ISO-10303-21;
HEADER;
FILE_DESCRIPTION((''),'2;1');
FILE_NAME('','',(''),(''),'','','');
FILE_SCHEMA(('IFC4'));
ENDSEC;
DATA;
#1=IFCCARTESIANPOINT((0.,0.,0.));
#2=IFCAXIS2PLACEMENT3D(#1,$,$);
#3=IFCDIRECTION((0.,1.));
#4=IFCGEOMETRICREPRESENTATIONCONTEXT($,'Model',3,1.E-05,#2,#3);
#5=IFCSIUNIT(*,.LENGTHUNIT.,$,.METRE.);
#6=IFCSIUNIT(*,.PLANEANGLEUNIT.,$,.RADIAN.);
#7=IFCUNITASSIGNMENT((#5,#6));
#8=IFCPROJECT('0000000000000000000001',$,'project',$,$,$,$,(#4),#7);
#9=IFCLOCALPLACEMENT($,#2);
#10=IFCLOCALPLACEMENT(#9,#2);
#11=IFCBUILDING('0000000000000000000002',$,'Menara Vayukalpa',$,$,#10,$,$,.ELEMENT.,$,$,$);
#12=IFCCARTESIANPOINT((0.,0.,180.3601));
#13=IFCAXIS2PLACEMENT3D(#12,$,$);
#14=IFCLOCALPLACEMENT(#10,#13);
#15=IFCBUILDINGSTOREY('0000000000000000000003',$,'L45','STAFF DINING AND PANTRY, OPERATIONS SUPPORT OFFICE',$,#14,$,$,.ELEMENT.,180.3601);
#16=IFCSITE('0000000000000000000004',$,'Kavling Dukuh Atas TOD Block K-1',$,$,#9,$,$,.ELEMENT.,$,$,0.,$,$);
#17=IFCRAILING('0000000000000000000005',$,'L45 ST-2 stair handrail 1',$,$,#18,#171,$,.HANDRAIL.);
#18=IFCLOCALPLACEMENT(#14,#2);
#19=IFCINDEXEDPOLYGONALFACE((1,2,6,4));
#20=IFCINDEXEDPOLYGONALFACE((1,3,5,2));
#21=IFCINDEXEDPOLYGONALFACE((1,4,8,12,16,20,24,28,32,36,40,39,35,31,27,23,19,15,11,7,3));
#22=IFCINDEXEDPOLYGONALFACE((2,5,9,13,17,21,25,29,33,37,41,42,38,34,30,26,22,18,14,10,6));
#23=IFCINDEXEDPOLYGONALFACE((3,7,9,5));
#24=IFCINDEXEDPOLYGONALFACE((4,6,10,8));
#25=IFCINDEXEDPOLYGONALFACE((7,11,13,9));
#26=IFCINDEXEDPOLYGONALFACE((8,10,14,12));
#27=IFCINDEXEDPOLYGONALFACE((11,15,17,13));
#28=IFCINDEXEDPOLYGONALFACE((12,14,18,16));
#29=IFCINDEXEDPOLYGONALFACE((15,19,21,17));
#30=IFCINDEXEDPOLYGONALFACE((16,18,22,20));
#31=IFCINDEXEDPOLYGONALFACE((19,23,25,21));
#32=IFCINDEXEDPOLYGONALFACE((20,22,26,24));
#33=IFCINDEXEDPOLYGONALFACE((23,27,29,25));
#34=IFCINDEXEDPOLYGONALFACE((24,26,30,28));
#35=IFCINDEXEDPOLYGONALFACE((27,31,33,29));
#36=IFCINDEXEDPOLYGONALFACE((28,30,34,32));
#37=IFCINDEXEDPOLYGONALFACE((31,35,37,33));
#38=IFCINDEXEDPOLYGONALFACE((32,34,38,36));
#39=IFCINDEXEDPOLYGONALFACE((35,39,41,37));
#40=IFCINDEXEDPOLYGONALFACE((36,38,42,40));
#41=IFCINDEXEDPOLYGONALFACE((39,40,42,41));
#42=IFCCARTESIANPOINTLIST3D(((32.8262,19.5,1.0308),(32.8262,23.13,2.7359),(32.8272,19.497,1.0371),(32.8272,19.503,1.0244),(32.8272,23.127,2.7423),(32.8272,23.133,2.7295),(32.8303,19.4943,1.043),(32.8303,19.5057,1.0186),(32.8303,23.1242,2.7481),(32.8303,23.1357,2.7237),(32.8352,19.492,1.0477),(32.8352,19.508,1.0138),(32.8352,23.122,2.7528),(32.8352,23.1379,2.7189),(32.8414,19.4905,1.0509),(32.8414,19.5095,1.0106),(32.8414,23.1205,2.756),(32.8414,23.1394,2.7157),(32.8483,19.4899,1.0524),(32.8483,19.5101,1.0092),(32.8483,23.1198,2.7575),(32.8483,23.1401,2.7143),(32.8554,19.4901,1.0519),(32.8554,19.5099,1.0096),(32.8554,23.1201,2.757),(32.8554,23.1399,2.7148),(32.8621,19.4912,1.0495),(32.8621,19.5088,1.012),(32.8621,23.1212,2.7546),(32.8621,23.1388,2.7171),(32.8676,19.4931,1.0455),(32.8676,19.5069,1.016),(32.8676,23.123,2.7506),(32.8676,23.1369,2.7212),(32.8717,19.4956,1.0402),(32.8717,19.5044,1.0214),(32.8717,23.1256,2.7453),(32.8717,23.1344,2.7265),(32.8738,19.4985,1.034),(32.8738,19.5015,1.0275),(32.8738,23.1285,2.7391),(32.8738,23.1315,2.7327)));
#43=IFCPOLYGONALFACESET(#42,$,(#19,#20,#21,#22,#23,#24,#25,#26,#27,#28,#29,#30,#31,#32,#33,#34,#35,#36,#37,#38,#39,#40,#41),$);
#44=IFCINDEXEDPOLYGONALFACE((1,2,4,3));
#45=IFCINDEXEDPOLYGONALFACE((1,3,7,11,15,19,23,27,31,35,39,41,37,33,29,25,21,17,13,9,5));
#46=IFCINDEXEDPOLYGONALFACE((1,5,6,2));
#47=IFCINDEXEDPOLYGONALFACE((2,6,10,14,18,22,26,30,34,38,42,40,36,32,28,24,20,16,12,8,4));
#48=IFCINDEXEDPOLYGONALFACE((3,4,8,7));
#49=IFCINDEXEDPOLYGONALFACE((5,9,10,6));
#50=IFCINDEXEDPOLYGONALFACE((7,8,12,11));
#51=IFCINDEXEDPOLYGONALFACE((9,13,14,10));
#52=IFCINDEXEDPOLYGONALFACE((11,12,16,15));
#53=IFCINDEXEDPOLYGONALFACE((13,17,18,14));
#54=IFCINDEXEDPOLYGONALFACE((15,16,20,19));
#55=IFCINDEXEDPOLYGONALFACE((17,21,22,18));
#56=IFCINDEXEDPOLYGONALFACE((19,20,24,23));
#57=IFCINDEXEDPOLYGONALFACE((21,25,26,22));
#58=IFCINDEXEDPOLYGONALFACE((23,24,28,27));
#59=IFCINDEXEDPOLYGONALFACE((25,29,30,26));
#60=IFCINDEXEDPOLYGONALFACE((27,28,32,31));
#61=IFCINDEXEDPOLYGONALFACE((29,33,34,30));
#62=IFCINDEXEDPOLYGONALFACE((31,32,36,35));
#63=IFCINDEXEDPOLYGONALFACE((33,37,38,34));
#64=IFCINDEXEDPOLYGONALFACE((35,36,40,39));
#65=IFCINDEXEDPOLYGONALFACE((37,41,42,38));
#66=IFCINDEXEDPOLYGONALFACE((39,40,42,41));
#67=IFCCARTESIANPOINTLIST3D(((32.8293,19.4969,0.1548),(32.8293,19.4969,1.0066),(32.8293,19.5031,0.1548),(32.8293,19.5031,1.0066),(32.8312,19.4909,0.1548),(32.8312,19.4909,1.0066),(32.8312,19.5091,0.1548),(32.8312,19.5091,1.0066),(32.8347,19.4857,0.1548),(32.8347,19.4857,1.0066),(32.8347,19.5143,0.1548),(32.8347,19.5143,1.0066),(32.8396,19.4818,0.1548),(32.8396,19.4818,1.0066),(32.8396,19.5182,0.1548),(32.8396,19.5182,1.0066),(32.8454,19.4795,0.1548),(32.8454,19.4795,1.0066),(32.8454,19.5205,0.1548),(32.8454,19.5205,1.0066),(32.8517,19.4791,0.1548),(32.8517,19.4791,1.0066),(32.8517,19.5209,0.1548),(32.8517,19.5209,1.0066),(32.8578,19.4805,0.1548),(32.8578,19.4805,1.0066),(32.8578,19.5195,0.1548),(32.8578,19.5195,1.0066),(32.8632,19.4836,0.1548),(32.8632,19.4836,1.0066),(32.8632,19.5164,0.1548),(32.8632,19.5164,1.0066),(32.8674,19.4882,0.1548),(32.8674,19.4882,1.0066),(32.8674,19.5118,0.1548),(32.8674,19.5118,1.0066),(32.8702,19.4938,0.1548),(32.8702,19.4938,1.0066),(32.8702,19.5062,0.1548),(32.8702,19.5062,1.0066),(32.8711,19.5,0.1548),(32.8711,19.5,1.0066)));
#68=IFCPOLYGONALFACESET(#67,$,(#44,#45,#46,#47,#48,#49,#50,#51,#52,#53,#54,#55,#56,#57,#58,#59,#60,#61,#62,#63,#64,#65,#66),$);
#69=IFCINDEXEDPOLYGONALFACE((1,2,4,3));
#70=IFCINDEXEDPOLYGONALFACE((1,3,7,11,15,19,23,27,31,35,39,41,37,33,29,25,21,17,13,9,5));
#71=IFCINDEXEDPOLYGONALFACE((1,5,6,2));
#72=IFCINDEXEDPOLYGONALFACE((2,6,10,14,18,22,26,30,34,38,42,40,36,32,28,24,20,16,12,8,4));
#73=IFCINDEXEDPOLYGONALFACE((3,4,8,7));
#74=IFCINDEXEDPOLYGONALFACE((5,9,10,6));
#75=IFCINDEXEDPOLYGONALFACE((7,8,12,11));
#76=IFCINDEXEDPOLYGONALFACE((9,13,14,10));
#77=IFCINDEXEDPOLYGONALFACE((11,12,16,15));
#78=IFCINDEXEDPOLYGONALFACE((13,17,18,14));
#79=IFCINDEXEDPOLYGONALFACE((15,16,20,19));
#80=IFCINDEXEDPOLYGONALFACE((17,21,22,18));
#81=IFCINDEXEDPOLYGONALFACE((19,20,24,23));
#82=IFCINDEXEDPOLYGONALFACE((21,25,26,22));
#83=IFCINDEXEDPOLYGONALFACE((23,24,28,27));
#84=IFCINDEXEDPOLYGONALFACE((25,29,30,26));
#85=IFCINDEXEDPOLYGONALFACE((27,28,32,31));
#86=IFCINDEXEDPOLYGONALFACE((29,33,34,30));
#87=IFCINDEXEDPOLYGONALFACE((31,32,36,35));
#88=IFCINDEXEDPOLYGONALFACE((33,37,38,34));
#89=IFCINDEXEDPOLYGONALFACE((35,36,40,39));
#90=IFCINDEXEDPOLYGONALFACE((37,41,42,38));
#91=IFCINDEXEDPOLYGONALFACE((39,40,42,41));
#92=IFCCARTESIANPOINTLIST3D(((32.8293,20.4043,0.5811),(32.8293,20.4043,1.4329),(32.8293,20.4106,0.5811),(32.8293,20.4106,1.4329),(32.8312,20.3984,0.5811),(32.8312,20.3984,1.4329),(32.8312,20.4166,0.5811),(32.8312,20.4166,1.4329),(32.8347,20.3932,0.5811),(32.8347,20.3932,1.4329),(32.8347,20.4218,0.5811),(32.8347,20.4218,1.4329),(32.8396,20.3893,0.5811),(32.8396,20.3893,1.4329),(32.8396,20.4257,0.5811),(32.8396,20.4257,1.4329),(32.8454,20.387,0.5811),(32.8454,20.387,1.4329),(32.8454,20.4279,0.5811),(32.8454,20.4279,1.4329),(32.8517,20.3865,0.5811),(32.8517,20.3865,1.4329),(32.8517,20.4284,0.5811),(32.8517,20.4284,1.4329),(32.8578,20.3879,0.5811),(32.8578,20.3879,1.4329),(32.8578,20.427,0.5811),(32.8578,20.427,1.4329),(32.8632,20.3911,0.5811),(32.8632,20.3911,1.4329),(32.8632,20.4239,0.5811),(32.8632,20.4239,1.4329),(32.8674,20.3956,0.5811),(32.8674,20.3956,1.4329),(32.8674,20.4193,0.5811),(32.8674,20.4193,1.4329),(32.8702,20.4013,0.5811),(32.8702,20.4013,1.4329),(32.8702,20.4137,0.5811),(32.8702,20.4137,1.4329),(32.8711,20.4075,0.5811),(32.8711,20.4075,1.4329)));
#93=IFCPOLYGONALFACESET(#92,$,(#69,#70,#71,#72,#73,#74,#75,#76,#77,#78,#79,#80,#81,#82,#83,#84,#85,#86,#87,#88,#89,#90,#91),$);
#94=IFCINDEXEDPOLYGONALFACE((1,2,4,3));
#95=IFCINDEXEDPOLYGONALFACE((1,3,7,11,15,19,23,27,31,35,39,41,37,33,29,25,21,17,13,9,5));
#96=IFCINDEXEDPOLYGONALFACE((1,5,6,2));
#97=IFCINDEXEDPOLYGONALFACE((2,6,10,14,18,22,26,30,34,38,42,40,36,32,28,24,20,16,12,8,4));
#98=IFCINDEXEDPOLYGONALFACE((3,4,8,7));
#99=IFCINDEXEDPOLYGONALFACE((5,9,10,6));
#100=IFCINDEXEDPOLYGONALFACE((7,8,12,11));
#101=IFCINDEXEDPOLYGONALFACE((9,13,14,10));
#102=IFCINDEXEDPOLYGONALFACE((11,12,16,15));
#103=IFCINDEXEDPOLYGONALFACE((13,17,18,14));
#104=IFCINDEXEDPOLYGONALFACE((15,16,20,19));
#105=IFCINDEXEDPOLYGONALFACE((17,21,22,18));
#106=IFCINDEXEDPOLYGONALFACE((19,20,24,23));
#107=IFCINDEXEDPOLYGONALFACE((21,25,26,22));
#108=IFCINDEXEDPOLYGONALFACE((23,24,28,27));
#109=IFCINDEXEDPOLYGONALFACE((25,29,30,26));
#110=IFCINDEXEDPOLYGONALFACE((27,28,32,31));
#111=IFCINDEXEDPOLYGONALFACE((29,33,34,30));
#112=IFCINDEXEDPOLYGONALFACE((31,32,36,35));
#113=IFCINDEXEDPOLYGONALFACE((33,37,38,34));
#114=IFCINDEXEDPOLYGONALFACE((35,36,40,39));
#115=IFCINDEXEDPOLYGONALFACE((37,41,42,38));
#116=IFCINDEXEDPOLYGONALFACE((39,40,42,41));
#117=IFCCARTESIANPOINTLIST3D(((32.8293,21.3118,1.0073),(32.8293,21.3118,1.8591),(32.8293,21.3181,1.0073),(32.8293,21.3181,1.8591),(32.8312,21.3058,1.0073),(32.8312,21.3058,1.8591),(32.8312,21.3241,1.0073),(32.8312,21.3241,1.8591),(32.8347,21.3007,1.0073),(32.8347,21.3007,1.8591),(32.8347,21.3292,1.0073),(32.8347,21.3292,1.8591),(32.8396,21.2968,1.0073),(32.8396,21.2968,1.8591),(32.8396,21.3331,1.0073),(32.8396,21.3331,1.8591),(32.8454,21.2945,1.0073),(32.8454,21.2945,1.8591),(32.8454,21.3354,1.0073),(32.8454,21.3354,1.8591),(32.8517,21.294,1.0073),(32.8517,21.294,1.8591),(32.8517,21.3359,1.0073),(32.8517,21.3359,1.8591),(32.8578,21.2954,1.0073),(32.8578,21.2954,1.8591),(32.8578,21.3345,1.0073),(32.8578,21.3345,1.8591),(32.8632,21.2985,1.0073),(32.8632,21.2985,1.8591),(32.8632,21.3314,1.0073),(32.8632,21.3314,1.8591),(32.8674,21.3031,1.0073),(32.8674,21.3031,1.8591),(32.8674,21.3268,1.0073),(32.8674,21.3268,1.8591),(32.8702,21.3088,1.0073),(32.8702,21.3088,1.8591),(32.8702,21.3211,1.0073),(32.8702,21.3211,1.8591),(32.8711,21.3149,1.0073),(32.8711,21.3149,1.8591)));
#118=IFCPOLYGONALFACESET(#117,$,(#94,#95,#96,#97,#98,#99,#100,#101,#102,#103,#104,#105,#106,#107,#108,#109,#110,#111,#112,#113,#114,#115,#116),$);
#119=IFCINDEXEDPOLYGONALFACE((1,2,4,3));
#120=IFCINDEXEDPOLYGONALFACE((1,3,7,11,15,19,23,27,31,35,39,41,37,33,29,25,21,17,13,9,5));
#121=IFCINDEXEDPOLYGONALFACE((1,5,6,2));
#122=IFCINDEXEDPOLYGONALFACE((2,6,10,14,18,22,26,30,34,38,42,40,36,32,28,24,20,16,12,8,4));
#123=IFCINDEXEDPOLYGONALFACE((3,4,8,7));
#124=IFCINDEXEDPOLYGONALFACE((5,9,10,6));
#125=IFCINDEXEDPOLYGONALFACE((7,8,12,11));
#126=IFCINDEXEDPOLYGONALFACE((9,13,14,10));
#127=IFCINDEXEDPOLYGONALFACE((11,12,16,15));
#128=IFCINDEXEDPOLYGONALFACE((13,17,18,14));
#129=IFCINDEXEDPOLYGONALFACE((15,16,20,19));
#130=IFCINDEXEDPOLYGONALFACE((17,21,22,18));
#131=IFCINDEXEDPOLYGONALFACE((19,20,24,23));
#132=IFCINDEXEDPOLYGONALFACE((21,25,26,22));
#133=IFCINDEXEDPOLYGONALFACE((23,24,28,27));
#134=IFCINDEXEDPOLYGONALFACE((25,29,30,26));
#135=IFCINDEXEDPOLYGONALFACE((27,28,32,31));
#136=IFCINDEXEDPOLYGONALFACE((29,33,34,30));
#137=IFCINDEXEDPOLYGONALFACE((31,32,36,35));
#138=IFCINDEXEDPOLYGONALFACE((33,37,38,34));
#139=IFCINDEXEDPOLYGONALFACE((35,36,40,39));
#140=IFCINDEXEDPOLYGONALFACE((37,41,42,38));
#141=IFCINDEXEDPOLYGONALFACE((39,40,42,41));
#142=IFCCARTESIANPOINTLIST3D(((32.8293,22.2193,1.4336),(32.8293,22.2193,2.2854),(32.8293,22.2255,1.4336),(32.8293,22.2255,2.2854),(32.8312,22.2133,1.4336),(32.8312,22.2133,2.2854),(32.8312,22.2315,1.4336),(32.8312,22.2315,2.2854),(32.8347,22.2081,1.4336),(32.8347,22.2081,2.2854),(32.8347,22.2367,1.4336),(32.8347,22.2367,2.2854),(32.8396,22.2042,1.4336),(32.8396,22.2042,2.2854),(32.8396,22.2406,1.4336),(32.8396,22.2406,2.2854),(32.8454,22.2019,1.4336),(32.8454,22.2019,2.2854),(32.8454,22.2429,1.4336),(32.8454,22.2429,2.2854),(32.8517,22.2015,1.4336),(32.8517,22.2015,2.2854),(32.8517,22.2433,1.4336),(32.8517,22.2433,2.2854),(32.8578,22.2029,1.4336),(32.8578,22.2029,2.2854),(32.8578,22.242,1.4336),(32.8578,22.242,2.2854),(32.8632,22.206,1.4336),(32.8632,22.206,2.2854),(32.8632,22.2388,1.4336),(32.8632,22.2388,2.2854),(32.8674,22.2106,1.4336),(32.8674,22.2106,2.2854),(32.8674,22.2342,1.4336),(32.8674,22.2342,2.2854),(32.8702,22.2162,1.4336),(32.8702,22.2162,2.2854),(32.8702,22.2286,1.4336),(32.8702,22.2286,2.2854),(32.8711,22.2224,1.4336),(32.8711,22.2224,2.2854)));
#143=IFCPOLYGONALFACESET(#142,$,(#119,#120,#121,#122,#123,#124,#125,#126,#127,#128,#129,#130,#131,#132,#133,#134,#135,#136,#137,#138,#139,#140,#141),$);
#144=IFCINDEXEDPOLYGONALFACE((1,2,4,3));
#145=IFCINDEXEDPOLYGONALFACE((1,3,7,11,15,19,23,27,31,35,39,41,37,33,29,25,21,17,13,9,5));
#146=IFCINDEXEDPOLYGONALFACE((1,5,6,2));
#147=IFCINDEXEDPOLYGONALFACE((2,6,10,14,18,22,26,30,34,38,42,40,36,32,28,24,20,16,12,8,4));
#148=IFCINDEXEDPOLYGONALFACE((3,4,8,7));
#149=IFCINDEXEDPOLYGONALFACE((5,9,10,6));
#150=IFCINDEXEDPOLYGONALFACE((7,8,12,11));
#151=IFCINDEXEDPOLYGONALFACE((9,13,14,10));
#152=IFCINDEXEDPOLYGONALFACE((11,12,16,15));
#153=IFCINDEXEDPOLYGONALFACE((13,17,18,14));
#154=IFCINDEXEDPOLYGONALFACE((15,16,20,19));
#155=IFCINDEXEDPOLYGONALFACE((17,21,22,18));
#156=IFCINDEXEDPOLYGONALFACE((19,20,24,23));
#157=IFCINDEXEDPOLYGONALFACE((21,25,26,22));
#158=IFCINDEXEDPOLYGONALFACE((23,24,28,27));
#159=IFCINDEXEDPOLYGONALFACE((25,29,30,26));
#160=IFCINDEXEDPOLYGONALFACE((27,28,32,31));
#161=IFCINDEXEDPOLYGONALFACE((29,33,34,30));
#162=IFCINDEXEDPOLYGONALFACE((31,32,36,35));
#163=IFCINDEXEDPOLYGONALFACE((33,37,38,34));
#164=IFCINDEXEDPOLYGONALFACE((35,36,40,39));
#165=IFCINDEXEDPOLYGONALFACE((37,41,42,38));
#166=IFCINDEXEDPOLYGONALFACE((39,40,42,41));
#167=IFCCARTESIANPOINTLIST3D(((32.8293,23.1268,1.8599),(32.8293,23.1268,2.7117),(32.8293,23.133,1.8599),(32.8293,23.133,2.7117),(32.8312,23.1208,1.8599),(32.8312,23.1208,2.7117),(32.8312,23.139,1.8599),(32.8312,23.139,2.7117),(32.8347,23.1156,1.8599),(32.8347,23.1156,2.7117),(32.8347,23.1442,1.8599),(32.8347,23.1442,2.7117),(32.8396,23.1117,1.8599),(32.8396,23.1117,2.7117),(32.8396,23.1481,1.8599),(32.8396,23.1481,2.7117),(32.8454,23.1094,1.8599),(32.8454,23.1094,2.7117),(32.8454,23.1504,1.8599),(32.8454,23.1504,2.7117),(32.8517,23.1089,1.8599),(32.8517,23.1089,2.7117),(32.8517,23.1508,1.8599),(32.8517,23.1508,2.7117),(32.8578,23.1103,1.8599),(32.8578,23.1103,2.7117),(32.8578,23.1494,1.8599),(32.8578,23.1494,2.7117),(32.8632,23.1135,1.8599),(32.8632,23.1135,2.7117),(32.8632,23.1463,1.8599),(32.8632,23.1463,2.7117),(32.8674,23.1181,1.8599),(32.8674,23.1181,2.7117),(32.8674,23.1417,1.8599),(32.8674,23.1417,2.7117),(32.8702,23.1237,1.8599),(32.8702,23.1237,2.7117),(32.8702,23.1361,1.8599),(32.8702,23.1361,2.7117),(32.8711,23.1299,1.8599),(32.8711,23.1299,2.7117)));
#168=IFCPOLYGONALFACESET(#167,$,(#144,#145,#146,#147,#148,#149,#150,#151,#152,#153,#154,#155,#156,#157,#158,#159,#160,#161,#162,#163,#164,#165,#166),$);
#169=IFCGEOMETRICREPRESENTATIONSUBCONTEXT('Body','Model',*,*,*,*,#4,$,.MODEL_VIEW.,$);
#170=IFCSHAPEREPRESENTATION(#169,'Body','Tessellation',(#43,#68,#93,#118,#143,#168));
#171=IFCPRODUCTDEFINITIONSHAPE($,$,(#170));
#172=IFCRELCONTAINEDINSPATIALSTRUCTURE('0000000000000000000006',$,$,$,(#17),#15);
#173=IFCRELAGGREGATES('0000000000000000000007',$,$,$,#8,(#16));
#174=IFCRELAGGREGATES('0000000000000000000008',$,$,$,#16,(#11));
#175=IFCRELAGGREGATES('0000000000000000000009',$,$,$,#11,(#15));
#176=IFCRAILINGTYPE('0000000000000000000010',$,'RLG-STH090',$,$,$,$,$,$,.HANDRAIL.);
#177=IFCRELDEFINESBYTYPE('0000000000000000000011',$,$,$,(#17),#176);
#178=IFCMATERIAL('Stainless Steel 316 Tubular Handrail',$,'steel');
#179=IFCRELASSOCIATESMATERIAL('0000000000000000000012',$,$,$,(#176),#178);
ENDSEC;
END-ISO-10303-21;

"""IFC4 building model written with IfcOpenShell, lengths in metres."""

from ifc_helpers import new_model, si_unit, direction, frame, origin, origin_2d, place, context, subcontext, project, spatial, circle, extrude, material, type_object, element, save


model = new_model("IFC4")

# Units and contexts
model_context = context("Model", 3, precision=1e-05, world=origin(), true_north=direction((0.0, 1.0)))
body_context = subcontext(model_context, "Body", "Model", "MODEL_VIEW")
ifc_project = project(units=[si_unit("LENGTHUNIT", "METRE"), si_unit("PLANEANGLEUNIT", "RADIAN")], contexts=[model_context])

# Site, building, storey
site_placement = place(None, origin())
site = spatial("IfcSite", under=ifc_project, at=site_placement, Name="Kavling Dukuh Atas TOD Block K-1", CompositionType="ELEMENT", RefElevation=0.0)
building_placement = place(site_placement, origin())
building = spatial("IfcBuilding", under=site, at=building_placement, Name="Menara Vayukalpa", CompositionType="ELEMENT")
storey_placement = place(building_placement, frame((0.0, 0.0, 180.3601)))
storey = spatial("IfcBuildingStorey", under=building, at=storey_placement, Name="L45", Description="STAFF DINING AND PANTRY, OPERATIONS SUPPORT OFFICE", CompositionType="ELEMENT", Elevation=180.3601)

# Railing
ifc_material_1 = material(Name="Stainless Steel 316 Tubular Handrail", Category="steel")
railing_type_1 = type_object("IfcRailingType", Name="RLG-STH090", PredefinedType="HANDRAIL", material=ifc_material_1)
railing_1_placement = place(storey_placement, frame((32.8501, 19.5, 0.1548)))
element("IfcRailing", 1, at=railing_1_placement, inside=storey, type_object=railing_type_1, Name="L45 ST-2 stair handrail 1", PredefinedType="HANDRAIL", context=body_context, shape_type="SweptSolid", body=[
    extrude(circle(Radius=0.0239, at=origin_2d()), frame((0.0, 0.0, 0.876), z_axis=(0.0, 0.905116, 0.425164), x_axis=(-1.0, 0.0, 0.0)), (0.0, 0.0, 1.0), 4.0105),
    extrude(circle(Radius=0.021, at=origin_2d()), origin(), (0.0, 0.0, 1.0), 0.8518),
    extrude(circle(Radius=0.021, at=origin_2d()), frame((0.0, 0.9075, 0.4263)), (0.0, 0.0, 1.0), 0.8518),
    extrude(circle(Radius=0.021, at=origin_2d()), frame((0.0, 1.8149, 0.8525)), (0.0, 0.0, 1.0), 0.8518),
    extrude(circle(Radius=0.021, at=origin_2d()), frame((0.0, 2.7224, 1.2788)), (0.0, 0.0, 1.0), 0.8518),
    extrude(circle(Radius=0.021, at=origin_2d()), frame((0.0, 3.6299, 1.7051)), (0.0, 0.0, 1.0), 0.8518),
])

save(model, "model.ifc")
